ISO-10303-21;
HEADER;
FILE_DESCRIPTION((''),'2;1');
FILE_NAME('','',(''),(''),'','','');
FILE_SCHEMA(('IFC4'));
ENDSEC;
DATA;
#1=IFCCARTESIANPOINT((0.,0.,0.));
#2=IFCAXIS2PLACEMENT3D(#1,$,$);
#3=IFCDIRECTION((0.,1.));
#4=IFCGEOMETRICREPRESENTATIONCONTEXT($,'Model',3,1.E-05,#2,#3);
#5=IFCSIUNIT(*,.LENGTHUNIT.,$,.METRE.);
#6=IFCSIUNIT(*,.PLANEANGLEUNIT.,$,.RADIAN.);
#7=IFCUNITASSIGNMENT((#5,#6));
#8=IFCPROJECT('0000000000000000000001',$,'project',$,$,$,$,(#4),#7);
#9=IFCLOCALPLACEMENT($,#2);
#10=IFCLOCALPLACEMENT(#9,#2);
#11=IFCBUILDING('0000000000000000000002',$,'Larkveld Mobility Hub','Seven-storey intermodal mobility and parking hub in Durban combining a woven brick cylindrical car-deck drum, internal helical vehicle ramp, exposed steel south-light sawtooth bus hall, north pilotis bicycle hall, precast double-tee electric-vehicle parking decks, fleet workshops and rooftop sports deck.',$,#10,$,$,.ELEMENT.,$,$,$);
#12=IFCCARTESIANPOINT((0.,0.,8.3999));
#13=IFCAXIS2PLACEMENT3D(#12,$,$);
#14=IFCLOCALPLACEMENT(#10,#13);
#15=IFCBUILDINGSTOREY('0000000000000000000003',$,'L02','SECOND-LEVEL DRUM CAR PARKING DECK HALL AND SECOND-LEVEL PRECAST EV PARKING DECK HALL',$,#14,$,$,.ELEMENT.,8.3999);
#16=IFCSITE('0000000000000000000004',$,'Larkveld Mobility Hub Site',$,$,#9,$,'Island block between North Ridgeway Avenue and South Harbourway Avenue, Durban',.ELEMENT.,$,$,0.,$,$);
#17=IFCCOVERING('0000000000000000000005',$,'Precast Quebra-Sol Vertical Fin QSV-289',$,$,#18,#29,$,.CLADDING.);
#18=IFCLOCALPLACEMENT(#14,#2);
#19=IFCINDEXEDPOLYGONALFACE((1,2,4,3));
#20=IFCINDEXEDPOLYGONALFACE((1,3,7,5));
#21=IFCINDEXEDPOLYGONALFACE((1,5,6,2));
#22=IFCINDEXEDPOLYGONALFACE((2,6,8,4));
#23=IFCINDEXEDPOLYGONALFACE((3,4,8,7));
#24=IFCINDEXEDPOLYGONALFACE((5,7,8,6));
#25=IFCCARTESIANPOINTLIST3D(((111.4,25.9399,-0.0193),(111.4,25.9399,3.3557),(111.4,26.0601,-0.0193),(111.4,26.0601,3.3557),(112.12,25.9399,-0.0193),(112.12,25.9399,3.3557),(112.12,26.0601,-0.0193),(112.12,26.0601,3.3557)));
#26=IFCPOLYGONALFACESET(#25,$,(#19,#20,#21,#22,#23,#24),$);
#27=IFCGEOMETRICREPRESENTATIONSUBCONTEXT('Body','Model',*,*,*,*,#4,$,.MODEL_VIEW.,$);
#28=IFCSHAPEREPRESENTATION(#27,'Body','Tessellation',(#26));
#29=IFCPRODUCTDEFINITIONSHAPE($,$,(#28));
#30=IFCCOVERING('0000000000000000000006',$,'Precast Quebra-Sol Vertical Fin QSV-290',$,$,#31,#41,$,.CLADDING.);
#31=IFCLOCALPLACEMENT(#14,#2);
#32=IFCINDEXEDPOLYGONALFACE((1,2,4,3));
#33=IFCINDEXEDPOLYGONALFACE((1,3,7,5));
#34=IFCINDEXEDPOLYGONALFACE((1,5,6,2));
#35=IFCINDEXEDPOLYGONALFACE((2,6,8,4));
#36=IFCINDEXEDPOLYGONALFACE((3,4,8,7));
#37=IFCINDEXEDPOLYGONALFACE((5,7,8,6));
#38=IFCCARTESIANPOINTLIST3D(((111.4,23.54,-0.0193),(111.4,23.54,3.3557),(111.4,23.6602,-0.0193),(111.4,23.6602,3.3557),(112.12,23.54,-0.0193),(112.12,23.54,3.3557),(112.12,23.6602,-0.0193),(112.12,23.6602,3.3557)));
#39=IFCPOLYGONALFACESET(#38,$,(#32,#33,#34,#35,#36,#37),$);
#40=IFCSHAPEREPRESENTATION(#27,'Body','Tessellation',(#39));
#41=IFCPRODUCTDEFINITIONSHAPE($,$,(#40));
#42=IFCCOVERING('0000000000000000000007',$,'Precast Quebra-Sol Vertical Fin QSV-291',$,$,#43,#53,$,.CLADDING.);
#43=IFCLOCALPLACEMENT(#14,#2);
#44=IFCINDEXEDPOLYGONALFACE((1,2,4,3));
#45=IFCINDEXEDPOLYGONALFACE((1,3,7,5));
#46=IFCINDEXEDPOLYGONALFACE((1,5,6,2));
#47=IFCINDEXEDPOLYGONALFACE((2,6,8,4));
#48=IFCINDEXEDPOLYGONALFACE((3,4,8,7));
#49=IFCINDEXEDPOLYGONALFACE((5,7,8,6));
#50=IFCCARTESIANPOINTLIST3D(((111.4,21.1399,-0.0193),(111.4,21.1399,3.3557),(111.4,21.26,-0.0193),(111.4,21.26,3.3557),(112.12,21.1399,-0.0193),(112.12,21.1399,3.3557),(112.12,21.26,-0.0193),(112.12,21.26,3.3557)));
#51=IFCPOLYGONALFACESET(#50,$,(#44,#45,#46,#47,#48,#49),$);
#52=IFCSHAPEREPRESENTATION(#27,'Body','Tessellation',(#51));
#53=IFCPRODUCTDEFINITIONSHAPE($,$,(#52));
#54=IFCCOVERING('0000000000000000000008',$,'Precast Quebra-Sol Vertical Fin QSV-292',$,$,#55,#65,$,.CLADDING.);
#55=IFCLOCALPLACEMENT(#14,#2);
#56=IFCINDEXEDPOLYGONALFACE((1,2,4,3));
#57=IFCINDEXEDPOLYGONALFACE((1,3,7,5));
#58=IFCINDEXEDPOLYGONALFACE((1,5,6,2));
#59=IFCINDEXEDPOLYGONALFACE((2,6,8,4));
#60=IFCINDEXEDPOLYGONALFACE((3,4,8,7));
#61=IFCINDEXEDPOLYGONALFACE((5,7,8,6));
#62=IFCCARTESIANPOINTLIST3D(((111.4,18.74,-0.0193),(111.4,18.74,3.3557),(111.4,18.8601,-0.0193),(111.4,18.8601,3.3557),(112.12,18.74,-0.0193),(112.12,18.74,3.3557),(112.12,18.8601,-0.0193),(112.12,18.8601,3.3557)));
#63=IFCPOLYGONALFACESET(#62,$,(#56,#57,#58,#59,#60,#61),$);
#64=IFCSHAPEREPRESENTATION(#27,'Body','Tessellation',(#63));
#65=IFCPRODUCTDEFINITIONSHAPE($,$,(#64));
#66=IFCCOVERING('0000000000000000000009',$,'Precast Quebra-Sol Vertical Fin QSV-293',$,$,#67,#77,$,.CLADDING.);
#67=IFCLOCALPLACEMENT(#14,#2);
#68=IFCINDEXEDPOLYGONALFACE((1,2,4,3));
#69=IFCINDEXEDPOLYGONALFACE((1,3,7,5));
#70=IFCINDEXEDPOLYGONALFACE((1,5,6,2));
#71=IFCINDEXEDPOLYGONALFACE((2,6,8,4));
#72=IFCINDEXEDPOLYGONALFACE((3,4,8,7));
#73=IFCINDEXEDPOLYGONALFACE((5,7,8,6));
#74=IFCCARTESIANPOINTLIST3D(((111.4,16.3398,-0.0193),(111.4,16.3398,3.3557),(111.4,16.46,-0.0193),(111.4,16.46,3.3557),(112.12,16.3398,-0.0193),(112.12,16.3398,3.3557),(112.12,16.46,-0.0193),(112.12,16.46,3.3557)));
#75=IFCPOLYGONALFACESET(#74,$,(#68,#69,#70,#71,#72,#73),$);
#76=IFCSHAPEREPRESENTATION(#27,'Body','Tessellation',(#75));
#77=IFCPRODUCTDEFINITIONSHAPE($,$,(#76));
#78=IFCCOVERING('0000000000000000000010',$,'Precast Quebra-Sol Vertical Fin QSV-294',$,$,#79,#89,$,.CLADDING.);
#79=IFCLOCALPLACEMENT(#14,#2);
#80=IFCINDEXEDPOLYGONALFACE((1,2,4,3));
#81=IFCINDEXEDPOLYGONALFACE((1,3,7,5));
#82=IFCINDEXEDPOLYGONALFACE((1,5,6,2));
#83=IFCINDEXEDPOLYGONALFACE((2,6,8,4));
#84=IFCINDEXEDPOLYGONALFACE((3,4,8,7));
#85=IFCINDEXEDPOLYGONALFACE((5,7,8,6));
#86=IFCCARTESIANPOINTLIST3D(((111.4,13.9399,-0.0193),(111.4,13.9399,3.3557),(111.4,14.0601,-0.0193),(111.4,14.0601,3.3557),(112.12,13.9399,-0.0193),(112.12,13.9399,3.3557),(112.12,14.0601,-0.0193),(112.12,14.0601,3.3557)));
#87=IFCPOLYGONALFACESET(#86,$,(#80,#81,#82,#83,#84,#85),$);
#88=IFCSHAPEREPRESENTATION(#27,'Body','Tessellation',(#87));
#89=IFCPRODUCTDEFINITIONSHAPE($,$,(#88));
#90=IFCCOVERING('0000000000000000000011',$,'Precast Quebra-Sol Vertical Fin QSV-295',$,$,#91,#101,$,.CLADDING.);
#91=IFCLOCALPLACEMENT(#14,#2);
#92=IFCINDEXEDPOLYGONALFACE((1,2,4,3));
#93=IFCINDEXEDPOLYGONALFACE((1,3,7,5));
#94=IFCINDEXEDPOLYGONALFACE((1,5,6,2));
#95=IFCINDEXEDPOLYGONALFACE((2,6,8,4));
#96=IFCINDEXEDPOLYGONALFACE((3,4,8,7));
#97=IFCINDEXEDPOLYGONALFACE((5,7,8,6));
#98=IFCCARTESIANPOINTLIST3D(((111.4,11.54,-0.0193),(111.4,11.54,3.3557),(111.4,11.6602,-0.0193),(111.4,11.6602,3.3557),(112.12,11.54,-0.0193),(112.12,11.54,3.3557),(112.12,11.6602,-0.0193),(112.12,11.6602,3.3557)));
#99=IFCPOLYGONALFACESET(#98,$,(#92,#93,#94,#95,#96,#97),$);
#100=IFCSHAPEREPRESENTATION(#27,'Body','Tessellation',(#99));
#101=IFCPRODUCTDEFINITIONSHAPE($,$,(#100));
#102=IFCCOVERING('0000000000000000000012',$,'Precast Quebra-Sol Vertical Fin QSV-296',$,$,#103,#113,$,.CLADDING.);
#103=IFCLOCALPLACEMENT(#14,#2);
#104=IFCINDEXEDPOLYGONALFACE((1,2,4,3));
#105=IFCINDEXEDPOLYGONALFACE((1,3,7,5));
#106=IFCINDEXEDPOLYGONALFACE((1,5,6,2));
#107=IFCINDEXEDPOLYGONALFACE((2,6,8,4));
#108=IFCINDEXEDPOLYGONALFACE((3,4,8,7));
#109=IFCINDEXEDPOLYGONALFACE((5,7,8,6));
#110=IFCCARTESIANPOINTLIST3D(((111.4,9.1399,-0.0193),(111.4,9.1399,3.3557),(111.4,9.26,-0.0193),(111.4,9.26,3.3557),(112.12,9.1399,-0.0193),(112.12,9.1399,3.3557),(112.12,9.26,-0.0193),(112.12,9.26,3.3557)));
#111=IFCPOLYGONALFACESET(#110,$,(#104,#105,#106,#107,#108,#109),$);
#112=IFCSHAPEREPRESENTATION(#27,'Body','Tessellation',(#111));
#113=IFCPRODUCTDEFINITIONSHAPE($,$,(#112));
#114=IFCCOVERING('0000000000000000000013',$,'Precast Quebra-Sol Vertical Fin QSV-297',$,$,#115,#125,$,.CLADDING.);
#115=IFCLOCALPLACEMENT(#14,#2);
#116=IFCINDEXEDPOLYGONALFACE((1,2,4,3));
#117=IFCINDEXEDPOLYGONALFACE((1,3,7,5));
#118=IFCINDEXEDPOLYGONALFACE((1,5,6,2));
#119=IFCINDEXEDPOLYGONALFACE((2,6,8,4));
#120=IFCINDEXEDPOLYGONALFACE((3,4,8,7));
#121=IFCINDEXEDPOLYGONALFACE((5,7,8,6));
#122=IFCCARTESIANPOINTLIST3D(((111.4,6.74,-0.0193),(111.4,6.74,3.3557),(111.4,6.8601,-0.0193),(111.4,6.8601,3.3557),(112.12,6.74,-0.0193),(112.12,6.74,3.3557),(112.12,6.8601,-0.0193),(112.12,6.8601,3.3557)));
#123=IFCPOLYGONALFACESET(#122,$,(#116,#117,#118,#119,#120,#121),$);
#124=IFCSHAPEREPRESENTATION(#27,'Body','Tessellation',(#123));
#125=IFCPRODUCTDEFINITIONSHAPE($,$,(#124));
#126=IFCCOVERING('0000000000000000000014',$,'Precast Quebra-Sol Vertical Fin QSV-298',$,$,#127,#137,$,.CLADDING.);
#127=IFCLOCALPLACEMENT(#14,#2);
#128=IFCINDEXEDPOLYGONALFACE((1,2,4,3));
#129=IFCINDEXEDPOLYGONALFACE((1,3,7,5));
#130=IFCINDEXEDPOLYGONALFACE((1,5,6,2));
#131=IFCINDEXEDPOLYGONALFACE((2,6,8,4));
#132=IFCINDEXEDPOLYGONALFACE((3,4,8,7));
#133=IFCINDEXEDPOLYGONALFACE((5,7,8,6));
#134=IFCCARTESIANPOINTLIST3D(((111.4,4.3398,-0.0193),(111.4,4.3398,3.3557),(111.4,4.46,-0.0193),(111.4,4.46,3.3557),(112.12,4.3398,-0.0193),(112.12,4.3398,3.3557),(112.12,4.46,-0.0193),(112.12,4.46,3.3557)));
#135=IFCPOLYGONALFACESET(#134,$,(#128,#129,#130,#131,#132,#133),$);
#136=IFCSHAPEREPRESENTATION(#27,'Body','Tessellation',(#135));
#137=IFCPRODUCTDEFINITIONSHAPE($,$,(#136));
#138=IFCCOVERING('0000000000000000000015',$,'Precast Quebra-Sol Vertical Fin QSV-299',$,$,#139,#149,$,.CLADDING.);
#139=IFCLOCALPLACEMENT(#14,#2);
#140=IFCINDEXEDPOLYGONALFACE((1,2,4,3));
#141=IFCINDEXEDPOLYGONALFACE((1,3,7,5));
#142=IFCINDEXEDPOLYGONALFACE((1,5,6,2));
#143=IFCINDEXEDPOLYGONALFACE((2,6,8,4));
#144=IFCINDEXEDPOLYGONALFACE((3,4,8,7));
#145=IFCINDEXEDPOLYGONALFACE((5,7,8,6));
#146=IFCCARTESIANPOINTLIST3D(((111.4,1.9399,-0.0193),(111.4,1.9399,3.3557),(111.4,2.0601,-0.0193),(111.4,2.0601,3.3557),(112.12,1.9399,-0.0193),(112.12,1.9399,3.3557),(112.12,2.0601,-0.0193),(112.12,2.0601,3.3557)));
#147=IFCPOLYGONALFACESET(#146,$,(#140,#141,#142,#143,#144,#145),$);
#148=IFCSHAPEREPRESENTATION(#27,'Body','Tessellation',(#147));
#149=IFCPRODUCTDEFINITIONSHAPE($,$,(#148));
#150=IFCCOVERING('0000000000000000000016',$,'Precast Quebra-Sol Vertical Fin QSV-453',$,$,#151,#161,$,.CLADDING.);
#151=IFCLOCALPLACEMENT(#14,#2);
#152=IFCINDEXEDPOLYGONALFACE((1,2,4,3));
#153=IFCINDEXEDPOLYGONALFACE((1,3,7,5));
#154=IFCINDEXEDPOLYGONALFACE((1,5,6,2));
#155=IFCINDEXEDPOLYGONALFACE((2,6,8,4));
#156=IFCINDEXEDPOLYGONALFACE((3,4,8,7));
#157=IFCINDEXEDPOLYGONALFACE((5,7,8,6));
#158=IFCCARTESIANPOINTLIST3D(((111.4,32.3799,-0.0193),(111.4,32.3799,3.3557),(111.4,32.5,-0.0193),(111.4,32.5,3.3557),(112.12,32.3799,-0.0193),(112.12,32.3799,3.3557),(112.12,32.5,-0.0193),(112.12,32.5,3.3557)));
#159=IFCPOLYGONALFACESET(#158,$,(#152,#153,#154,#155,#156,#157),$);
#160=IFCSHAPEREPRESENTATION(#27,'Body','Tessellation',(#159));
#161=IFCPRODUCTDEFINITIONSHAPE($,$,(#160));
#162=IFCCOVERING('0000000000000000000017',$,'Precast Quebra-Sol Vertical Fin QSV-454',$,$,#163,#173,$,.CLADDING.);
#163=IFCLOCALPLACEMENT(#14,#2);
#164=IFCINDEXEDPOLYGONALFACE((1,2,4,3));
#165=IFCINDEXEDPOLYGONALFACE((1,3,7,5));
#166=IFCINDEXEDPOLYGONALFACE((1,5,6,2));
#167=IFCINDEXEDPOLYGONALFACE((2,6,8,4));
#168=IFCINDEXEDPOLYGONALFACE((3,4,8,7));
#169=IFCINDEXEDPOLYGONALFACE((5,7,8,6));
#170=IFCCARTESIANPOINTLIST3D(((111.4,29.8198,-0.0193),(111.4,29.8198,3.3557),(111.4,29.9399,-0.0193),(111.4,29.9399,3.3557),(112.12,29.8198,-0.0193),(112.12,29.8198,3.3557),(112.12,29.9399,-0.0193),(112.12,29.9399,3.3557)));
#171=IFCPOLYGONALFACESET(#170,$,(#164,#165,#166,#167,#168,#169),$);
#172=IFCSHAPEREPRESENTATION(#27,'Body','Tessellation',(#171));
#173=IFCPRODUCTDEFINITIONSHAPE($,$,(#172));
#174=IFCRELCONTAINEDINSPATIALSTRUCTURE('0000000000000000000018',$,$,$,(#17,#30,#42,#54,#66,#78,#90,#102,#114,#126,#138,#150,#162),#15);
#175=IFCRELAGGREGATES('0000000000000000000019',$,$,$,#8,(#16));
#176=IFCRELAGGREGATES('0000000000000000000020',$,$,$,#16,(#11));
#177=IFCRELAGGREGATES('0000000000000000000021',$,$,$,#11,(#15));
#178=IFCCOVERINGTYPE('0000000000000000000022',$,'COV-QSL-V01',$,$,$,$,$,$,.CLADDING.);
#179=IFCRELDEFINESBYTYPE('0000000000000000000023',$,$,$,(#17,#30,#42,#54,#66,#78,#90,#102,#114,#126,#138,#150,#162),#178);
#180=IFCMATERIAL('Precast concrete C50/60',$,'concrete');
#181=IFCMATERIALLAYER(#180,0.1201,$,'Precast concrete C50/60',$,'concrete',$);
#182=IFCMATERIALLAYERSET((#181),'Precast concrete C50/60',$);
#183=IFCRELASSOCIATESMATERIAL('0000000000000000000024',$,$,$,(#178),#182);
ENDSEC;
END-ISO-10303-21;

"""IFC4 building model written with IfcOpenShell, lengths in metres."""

from ifc_helpers import new_model, si_unit, direction, frame, origin, origin_2d, place, context, subcontext, project, spatial, rectangle, extrude, material, layer, layer_set, type_object, element, save


model = new_model("IFC4")

# Units and contexts
model_context = context("Model", 3, precision=1e-05, world=origin(), true_north=direction((0.0, 1.0)))
body_context = subcontext(model_context, "Body", "Model", "MODEL_VIEW")
ifc_project = project(units=[si_unit("LENGTHUNIT", "METRE"), si_unit("PLANEANGLEUNIT", "RADIAN")], contexts=[model_context])

# Site, building, storey
site_placement = place(None, origin())
site = spatial("IfcSite", under=ifc_project, at=site_placement, Name="Larkveld Mobility Hub Site", LongName="Island block between North Ridgeway Avenue and South Harbourway Avenue, Durban", CompositionType="ELEMENT", RefElevation=0.0)
building_placement = place(site_placement, origin())
building = spatial("IfcBuilding", under=site, at=building_placement, Name="Larkveld Mobility Hub", Description="Seven-storey intermodal mobility and parking hub in Durban combining a woven brick cylindrical car-deck drum, internal helical vehicle ramp, exposed steel south-light sawtooth bus hall, north pilotis bicycle hall, precast double-tee electric-vehicle parking decks, fleet workshops and rooftop sports deck.", CompositionType="ELEMENT")
storey_placement = place(building_placement, frame((0.0, 0.0, 8.3999)))
storey = spatial("IfcBuildingStorey", under=building, at=storey_placement, Name="L02", Description="SECOND-LEVEL DRUM CAR PARKING DECK HALL AND SECOND-LEVEL PRECAST EV PARKING DECK HALL", CompositionType="ELEMENT", Elevation=8.3999)

# Coverings
ifc_material = material(Name="Precast concrete C50/60", Category="concrete")
ifc_layer = layer(ifc_material, 0.1201, Name="Precast concrete C50/60", Category="concrete")
ifc_layer_set = layer_set([ifc_layer], Name="Precast concrete C50/60")
covering_type = type_object("IfcCoveringType", Name="COV-QSL-V01", PredefinedType="CLADDING", material=ifc_layer_set)
for number, where, z_axis, x_axis, name in (
    (1, (111.76, 26.0, -0.0193), (0.0, 0.0, 1.0), (0.0, -1.0, 0.0), "Precast Quebra-Sol Vertical Fin QSV-289"),
    (2, (111.76, 23.6001, -0.0193), (0.0, 0.0, 1.0), (0.0, -1.0, 0.0), "Precast Quebra-Sol Vertical Fin QSV-290"),
    (3, (111.76, 21.2, -0.0193), (0.0, 0.0, 1.0), (0.0, -1.0, 0.0), "Precast Quebra-Sol Vertical Fin QSV-291"),
    (4, (111.76, 18.8, -0.0193), (0.0, 0.0, 1.0), (0.0, -1.0, 0.0), "Precast Quebra-Sol Vertical Fin QSV-292"),
    (5, (111.76, 16.3999, -0.0193), (0.0, 0.0, 1.0), (0.0, -1.0, 0.0), "Precast Quebra-Sol Vertical Fin QSV-293"),
    (6, (111.76, 14.0, -0.0193), (0.0, 0.0, 1.0), (0.0, -1.0, 0.0), "Precast Quebra-Sol Vertical Fin QSV-294"),
    (7, (111.76, 11.6001, -0.0193), (0.0, 0.0, 1.0), (0.0, -1.0, 0.0), "Precast Quebra-Sol Vertical Fin QSV-295"),
    (8, (111.76, 9.2, -0.0193), (0.0, 0.0, 1.0), (0.0, -1.0, 0.0), "Precast Quebra-Sol Vertical Fin QSV-296"),
    (9, (111.76, 6.8, -0.0193), (0.0, 0.0, 1.0), (0.0, -1.0, 0.0), "Precast Quebra-Sol Vertical Fin QSV-297"),
    (10, (111.76, 4.3999, -0.0193), (0.0, 0.0, 1.0), (0.0, -1.0, 0.0), "Precast Quebra-Sol Vertical Fin QSV-298"),
    (11, (111.76, 2.0, -0.0193), (0.0, 0.0, 1.0), (0.0, -1.0, 0.0), "Precast Quebra-Sol Vertical Fin QSV-299"),
    (12, (111.76, 32.4399, -0.0193), (0.0, 0.0, 1.0), (0.0, -1.0, 0.0), "Precast Quebra-Sol Vertical Fin QSV-453"),
    (13, (111.76, 29.8799, -0.0193), (0.0, 0.0, 1.0), (0.0, -1.0, 0.0), "Precast Quebra-Sol Vertical Fin QSV-454"),
):
    element("IfcCovering", number, at=place(storey_placement, frame(where, z_axis=z_axis, x_axis=x_axis)), inside=storey, type_object=covering_type, Name=name, PredefinedType="CLADDING", context=body_context, shape_type="SweptSolid", body=[
        extrude(rectangle(XDim=0.1201, YDim=0.72, at=origin_2d()), origin(), (0.0, 0.0, 1.0), 3.375),
    ])

save(model, "model.ifc")
